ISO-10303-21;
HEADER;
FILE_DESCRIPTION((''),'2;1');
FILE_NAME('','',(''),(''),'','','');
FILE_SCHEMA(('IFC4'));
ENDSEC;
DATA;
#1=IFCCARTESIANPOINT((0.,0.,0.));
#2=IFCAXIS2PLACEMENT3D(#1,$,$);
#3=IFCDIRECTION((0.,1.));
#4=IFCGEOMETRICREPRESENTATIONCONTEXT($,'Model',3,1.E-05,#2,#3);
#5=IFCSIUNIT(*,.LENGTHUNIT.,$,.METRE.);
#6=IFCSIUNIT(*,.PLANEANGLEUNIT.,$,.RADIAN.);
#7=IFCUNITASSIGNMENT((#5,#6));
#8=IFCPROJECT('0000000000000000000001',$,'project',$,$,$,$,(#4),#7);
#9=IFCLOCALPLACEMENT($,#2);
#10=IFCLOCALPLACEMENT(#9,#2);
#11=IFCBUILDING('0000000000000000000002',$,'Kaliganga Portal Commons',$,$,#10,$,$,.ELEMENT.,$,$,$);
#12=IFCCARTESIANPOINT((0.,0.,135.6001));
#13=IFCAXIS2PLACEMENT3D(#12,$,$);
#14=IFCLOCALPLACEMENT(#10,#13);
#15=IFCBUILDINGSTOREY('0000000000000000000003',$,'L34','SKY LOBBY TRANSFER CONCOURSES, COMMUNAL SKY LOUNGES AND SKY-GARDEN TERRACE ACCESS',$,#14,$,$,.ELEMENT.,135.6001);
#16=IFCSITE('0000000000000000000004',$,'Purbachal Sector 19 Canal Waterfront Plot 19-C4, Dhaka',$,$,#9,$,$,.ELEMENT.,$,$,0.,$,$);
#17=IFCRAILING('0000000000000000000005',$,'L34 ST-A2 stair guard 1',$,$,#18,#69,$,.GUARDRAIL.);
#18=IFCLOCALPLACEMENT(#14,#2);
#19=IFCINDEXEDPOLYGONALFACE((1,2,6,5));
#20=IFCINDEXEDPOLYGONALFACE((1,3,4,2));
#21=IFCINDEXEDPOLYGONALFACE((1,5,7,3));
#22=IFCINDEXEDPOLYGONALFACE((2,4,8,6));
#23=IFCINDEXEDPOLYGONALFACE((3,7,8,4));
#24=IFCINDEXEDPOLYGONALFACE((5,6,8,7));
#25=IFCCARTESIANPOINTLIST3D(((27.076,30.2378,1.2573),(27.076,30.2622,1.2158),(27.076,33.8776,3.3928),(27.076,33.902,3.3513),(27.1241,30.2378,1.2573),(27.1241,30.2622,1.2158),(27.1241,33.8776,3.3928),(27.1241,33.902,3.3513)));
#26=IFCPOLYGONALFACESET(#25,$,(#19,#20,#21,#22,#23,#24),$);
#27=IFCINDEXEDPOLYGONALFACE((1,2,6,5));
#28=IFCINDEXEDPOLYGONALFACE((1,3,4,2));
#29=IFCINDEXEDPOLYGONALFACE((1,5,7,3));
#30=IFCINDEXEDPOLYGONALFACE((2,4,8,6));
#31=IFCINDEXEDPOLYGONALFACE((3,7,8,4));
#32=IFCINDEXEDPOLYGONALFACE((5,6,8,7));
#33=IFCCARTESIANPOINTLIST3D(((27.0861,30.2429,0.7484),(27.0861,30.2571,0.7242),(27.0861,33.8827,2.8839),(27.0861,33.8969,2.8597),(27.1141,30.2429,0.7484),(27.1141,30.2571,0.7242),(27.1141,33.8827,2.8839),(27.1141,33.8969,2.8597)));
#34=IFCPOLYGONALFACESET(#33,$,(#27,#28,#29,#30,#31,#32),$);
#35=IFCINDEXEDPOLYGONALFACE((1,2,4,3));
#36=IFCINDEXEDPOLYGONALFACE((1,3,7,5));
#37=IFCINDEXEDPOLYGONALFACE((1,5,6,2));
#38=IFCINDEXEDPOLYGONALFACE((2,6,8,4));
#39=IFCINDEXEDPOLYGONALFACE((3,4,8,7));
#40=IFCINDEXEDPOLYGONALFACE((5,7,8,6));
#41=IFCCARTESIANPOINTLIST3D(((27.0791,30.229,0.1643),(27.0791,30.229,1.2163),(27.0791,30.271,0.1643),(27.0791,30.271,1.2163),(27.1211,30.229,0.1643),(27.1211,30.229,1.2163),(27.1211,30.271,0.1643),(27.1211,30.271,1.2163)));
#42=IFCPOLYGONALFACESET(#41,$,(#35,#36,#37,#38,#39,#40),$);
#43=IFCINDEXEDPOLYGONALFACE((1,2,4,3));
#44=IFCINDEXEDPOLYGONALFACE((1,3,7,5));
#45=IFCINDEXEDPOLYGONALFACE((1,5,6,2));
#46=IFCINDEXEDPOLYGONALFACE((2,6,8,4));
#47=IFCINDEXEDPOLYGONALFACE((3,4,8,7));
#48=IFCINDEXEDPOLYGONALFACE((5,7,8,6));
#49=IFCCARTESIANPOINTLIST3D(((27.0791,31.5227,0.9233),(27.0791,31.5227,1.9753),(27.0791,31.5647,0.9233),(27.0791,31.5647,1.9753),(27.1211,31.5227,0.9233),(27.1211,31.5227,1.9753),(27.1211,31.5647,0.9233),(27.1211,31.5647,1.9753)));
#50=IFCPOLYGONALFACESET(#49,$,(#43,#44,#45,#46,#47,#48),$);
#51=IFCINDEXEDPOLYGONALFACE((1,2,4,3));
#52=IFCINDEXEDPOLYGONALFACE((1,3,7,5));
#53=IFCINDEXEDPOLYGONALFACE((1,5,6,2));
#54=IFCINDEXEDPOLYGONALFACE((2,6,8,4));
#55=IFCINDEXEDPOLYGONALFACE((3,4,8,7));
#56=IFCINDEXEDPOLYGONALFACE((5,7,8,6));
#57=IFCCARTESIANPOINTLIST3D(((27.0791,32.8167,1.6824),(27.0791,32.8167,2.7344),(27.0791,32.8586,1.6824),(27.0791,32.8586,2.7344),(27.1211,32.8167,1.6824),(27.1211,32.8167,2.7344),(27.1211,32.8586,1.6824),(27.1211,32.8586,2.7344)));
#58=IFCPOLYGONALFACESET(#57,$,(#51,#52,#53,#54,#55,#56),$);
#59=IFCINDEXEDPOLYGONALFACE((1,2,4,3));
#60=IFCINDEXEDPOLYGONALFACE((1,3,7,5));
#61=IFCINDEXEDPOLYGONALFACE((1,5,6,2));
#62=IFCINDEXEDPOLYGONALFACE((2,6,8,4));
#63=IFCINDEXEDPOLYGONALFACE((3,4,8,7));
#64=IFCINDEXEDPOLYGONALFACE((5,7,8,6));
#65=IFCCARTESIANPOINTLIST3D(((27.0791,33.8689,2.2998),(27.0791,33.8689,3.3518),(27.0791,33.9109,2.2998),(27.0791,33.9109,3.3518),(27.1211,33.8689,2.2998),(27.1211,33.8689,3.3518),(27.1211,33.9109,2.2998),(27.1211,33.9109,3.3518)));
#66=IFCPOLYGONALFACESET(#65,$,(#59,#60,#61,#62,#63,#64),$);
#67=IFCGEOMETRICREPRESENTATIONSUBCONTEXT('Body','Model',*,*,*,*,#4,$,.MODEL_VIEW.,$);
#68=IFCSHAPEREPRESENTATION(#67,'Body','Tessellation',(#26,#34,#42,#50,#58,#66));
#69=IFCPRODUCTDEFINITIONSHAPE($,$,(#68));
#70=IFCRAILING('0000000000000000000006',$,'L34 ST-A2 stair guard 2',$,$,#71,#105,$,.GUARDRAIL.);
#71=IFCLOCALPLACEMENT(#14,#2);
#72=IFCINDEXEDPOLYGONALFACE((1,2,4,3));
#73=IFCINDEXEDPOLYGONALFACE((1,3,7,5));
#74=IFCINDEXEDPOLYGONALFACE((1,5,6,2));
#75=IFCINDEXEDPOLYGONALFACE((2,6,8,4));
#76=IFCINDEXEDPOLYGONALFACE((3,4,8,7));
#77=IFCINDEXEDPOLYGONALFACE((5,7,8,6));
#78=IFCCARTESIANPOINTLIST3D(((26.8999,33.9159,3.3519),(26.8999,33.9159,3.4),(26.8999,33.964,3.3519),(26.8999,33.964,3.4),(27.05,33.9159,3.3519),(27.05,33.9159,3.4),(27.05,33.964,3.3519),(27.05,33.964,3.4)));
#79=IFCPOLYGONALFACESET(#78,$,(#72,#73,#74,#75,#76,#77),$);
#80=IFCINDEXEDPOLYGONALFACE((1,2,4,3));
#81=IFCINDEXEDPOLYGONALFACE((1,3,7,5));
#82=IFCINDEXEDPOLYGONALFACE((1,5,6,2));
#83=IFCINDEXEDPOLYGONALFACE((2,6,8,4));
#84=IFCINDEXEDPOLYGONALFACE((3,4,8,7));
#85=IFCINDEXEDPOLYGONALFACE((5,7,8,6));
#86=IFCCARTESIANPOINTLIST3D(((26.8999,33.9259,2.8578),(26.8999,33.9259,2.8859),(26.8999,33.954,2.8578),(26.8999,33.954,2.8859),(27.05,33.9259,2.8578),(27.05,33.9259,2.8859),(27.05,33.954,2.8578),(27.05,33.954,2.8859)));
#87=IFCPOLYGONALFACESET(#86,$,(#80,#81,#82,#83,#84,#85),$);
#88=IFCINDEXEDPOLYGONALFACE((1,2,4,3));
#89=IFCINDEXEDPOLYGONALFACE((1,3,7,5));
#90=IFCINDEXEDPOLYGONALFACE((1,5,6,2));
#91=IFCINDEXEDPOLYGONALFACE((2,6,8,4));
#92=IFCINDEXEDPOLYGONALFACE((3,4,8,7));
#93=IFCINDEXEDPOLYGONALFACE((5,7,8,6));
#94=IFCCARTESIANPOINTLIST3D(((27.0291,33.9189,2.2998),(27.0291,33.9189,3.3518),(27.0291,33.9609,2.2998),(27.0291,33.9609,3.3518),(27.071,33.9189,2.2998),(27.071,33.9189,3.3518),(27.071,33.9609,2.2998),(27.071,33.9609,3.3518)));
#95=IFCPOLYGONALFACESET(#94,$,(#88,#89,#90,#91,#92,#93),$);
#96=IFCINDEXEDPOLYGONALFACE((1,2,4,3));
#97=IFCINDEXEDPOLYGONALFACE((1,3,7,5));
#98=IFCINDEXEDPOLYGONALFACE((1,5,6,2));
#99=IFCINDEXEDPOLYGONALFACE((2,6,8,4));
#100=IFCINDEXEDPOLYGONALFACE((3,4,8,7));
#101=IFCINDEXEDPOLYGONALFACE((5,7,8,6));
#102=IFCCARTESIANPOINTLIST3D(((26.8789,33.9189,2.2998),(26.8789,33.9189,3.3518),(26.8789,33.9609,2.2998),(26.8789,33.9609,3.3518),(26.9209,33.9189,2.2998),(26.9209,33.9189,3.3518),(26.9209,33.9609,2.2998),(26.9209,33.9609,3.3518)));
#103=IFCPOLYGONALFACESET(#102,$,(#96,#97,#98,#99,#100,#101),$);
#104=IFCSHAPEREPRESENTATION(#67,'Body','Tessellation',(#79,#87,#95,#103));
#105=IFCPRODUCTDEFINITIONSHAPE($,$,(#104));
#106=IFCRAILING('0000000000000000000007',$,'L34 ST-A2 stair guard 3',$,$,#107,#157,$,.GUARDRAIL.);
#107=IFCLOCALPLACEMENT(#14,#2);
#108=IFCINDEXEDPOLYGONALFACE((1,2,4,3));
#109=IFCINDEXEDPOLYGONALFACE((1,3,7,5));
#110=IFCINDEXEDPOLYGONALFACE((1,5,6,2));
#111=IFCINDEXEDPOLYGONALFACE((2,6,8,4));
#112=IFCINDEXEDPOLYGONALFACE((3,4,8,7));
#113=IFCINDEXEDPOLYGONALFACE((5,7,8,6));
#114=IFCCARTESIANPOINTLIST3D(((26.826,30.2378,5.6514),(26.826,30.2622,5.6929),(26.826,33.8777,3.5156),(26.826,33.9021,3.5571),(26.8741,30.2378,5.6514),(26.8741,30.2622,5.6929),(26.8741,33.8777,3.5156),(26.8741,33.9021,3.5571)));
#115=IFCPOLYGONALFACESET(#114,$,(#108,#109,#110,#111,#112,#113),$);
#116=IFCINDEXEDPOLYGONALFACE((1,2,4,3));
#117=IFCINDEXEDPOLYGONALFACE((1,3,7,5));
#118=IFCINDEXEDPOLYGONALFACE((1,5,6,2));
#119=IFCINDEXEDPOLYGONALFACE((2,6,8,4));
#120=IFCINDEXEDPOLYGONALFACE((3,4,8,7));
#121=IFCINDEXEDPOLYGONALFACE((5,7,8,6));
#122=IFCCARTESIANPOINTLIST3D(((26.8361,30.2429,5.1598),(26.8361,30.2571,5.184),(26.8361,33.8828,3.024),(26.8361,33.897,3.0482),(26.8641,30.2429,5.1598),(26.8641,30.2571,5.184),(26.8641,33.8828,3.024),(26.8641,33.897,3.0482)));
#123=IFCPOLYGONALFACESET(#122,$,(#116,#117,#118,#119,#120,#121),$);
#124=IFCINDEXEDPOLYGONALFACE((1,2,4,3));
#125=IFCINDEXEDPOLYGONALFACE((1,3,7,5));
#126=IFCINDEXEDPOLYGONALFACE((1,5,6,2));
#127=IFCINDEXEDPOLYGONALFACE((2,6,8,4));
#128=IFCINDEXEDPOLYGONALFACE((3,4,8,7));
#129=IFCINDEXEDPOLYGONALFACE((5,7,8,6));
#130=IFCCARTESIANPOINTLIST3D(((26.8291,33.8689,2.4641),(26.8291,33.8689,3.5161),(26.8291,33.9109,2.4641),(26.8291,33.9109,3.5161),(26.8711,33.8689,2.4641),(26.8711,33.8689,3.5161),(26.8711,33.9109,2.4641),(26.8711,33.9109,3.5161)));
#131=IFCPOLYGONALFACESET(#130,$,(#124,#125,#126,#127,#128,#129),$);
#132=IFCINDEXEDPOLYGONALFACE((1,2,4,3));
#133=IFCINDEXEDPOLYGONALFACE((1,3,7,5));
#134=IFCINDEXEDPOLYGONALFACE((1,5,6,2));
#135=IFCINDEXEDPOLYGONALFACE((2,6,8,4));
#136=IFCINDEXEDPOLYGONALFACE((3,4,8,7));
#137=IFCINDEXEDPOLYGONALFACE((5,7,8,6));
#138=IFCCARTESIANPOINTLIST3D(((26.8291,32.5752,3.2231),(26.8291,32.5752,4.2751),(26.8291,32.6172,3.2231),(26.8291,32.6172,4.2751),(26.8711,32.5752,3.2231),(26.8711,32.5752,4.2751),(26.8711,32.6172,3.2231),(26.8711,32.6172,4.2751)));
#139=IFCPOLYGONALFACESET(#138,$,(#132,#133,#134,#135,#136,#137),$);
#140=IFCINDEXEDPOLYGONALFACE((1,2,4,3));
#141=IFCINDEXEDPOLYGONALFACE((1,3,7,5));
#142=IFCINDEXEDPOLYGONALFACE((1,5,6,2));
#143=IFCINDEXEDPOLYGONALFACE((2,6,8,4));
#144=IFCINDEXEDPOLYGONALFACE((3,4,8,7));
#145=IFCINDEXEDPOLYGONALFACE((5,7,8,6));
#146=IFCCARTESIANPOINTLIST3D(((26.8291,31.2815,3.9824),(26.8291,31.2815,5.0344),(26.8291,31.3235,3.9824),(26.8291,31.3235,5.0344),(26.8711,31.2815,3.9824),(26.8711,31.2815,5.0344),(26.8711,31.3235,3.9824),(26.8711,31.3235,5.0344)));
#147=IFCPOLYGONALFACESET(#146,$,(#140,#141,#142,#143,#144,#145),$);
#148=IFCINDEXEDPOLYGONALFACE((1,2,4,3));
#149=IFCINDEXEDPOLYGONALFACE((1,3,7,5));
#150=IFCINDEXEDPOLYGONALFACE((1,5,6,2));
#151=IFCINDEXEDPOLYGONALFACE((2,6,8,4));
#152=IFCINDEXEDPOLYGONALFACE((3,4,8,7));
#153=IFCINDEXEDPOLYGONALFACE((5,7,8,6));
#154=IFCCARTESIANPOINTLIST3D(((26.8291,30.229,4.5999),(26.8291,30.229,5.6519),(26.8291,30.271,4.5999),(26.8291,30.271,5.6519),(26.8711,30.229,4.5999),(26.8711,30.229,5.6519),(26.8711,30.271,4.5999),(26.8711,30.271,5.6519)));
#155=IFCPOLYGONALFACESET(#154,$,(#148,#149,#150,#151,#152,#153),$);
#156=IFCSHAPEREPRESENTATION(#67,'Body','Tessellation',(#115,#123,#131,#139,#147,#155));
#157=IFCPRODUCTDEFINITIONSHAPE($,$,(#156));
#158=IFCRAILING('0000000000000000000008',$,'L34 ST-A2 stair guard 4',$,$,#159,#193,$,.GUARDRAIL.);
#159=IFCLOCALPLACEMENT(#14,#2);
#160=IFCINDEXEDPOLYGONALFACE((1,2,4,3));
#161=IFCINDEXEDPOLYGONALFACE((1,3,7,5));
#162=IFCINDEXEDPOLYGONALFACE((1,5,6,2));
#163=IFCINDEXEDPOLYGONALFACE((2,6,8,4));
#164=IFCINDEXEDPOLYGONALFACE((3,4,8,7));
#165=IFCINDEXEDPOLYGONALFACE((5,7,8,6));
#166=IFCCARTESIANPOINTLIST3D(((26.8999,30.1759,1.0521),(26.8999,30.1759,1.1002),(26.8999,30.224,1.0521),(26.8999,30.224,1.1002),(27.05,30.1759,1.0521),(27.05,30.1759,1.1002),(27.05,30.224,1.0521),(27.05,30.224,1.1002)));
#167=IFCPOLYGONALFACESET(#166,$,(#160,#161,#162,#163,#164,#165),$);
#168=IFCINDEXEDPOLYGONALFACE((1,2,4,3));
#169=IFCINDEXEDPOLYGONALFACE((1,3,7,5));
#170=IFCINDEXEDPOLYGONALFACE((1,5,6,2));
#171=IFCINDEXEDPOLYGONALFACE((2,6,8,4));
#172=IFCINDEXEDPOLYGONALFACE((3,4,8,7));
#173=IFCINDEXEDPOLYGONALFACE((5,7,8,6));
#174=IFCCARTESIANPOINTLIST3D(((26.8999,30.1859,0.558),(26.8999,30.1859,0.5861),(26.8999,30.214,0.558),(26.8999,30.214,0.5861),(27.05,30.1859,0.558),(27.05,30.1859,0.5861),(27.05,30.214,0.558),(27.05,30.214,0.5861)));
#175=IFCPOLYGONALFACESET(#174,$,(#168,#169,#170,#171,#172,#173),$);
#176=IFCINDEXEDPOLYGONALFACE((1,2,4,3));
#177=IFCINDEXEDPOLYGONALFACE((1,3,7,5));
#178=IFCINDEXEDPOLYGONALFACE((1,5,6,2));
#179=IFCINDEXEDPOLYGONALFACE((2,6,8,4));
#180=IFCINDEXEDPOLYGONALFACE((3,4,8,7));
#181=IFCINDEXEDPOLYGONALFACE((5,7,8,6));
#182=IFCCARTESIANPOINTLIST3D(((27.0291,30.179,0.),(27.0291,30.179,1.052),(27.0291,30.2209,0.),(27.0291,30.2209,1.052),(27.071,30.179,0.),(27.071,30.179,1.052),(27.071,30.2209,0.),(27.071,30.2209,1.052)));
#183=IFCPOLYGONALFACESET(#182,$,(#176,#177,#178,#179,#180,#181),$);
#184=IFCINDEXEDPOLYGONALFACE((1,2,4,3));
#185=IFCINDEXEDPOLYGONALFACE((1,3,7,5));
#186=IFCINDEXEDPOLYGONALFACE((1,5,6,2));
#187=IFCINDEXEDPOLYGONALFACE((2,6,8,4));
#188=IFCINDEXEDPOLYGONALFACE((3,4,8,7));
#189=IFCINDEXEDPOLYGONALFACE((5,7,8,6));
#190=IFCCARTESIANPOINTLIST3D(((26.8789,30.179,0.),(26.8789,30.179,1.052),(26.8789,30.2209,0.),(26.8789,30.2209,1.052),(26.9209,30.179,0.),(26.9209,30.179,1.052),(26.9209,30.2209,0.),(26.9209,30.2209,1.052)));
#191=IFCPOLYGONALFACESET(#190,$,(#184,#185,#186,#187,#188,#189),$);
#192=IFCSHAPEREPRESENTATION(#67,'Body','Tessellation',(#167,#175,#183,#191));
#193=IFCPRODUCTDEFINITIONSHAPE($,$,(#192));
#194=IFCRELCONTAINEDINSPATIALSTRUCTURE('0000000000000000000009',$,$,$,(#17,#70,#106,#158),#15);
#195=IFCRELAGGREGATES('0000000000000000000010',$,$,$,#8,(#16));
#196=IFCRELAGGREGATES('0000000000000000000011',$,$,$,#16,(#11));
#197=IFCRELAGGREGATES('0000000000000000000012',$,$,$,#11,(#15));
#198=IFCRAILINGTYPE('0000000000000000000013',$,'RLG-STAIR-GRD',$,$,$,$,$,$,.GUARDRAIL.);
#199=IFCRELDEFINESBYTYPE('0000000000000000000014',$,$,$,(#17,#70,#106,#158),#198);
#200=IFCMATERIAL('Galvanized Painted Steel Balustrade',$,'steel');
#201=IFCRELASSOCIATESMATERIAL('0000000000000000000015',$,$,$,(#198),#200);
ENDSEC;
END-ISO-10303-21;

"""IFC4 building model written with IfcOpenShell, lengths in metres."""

from ifc_helpers import new_model, si_unit, direction, frame, origin, origin_2d, place, context, subcontext, project, spatial, rectangle, extrude, material, type_object, element, save


model = new_model("IFC4")

# Units and contexts
model_context = context("Model", 3, precision=1e-05, world=origin(), true_north=direction((0.0, 1.0)))
body_context = subcontext(model_context, "Body", "Model", "MODEL_VIEW")
ifc_project = project(units=[si_unit("LENGTHUNIT", "METRE"), si_unit("PLANEANGLEUNIT", "RADIAN")], contexts=[model_context])

# Site, building, storey
site_placement = place(None, origin())
site = spatial("IfcSite", under=ifc_project, at=site_placement, Name="Purbachal Sector 19 Canal Waterfront Plot 19-C4, Dhaka", CompositionType="ELEMENT", RefElevation=0.0)
building_placement = place(site_placement, origin())
building = spatial("IfcBuilding", under=site, at=building_placement, Name="Kaliganga Portal Commons", CompositionType="ELEMENT")
storey_placement = place(building_placement, frame((0.0, 0.0, 135.6001)))
storey = spatial("IfcBuildingStorey", under=building, at=storey_placement, Name="L34", Description="SKY LOBBY TRANSFER CONCOURSES, COMMUNAL SKY LOUNGES AND SKY-GARDEN TERRACE ACCESS", CompositionType="ELEMENT", Elevation=135.6001)

# Railings
ifc_material_1 = material(Name="Galvanized Painted Steel Balustrade", Category="steel")
railing_type_1 = type_object("IfcRailingType", Name="RLG-STAIR-GRD", PredefinedType="GUARDRAIL", material=ifc_material_1)
railing_1_placement = place(storey_placement, frame((27.1001, 30.25, 0.1643)))
element("IfcRailing", 1, at=railing_1_placement, inside=storey, type_object=railing_type_1, Name="L34 ST-A2 stair guard 1", PredefinedType="GUARDRAIL", context=body_context, shape_type="SweptSolid", body=[
    extrude(rectangle(XDim=0.0481, YDim=0.0481, at=origin_2d()), frame((0.0, 0.0, 1.0723), z_axis=(0.0, 0.862515, 0.506031), x_axis=(-1.0, 0.0, 0.0)), (0.0, 0.0, 1.0), 4.22),
    extrude(rectangle(XDim=0.0281, YDim=0.0281, at=origin_2d()), frame((0.0, 0.0, 0.572), z_axis=(0.0, 0.862515, 0.506031), x_axis=(-1.0, 0.0, 0.0)), (0.0, 0.0, 1.0), 4.22),
    extrude(rectangle(XDim=0.042, YDim=0.042, at=origin_2d()), origin(), (0.0, 0.0, 1.0), 1.052),
    extrude(rectangle(XDim=0.042, YDim=0.042, at=origin_2d()), frame((0.0, 1.2937, 0.759)), (0.0, 0.0, 1.0), 1.052),
    extrude(rectangle(XDim=0.042, YDim=0.042, at=origin_2d()), frame((0.0, 2.5876, 1.5181)), (0.0, 0.0, 1.0), 1.052),
    extrude(rectangle(XDim=0.042, YDim=0.042, at=origin_2d()), frame((0.0, 3.6399, 2.1355)), (0.0, 0.0, 1.0), 1.052),
])
railing_2_placement = place(storey_placement, frame((27.05, 33.9399, 2.2998)))
element("IfcRailing", 2, at=railing_2_placement, inside=storey, type_object=railing_type_1, Name="L34 ST-A2 stair guard 2", PredefinedType="GUARDRAIL", context=body_context, shape_type="SweptSolid", body=[
    extrude(rectangle(XDim=0.0481, YDim=0.0481, at=origin_2d()), frame((0.0, 0.0, 1.0762), z_axis=(-1.0, 0.0, 0.0), x_axis=(0.0, -1.0, 0.0)), (0.0, 0.0, 1.0), 0.1501),
    extrude(rectangle(XDim=0.0281, YDim=0.0281, at=origin_2d()), frame((0.0, 0.0, 0.572), z_axis=(-1.0, 0.0, 0.0), x_axis=(0.0, -1.0, 0.0)), (0.0, 0.0, 1.0), 0.1501),
    extrude(rectangle(XDim=0.042, YDim=0.042, at=origin_2d()), origin(), (0.0, 0.0, 1.0), 1.052),
    extrude(rectangle(XDim=0.042, YDim=0.042, at=origin_2d()), frame((-0.1501, 0.0, 0.0)), (0.0, 0.0, 1.0), 1.052),
])
railing_3_placement = place(storey_placement, frame((26.8501, 33.8899, 2.4641)))
element("IfcRailing", 3, at=railing_3_placement, inside=storey, type_object=railing_type_1, Name="L34 ST-A2 stair guard 3", PredefinedType="GUARDRAIL", context=body_context, shape_type="SweptSolid", body=[
    extrude(rectangle(XDim=0.0481, YDim=0.0481, at=origin_2d()), frame((0.0, 0.0, 1.0723), z_axis=(0.0, -0.86249, 0.506074), x_axis=(1.0, 0.0, 0.0)), (0.0, 0.0, 1.0), 4.2202),
    extrude(rectangle(XDim=0.0281, YDim=0.0281, at=origin_2d()), frame((0.0, 0.0, 0.572), z_axis=(0.0, -0.86249, 0.506074), x_axis=(1.0, 0.0, 0.0)), (0.0, 0.0, 1.0), 4.2202),
    extrude(rectangle(XDim=0.042, YDim=0.042, at=origin_2d()), origin(), (0.0, 0.0, 1.0), 1.052),
    extrude(rectangle(XDim=0.042, YDim=0.042, at=origin_2d()), frame((0.0, -1.2937, 0.759)), (0.0, 0.0, 1.0), 1.052),
    extrude(rectangle(XDim=0.042, YDim=0.042, at=origin_2d()), frame((0.0, -2.5874, 1.5183)), (0.0, 0.0, 1.0), 1.052),
    extrude(rectangle(XDim=0.042, YDim=0.042, at=origin_2d()), frame((0.0, -3.6399, 2.1357)), (0.0, 0.0, 1.0), 1.052),
])
railing_4_placement = place(storey_placement, frame((27.05, 30.2, 0.0)))
element("IfcRailing", 4, at=railing_4_placement, inside=storey, type_object=railing_type_1, Name="L34 ST-A2 stair guard 4", PredefinedType="GUARDRAIL", context=body_context, shape_type="SweptSolid", body=[
    extrude(rectangle(XDim=0.0481, YDim=0.0481, at=origin_2d()), frame((0.0, 0.0, 1.0762), z_axis=(-1.0, 0.0, 0.0), x_axis=(0.0, -1.0, 0.0)), (0.0, 0.0, 1.0), 0.1501),
    extrude(rectangle(XDim=0.0281, YDim=0.0281, at=origin_2d()), frame((0.0, 0.0, 0.572), z_axis=(-1.0, 0.0, 0.0), x_axis=(0.0, -1.0, 0.0)), (0.0, 0.0, 1.0), 0.1501),
    extrude(rectangle(XDim=0.042, YDim=0.042, at=origin_2d()), origin(), (0.0, 0.0, 1.0), 1.052),
    extrude(rectangle(XDim=0.042, YDim=0.042, at=origin_2d()), frame((-0.1501, 0.0, 0.0)), (0.0, 0.0, 1.0), 1.052),
])

save(model, "model.ifc")
